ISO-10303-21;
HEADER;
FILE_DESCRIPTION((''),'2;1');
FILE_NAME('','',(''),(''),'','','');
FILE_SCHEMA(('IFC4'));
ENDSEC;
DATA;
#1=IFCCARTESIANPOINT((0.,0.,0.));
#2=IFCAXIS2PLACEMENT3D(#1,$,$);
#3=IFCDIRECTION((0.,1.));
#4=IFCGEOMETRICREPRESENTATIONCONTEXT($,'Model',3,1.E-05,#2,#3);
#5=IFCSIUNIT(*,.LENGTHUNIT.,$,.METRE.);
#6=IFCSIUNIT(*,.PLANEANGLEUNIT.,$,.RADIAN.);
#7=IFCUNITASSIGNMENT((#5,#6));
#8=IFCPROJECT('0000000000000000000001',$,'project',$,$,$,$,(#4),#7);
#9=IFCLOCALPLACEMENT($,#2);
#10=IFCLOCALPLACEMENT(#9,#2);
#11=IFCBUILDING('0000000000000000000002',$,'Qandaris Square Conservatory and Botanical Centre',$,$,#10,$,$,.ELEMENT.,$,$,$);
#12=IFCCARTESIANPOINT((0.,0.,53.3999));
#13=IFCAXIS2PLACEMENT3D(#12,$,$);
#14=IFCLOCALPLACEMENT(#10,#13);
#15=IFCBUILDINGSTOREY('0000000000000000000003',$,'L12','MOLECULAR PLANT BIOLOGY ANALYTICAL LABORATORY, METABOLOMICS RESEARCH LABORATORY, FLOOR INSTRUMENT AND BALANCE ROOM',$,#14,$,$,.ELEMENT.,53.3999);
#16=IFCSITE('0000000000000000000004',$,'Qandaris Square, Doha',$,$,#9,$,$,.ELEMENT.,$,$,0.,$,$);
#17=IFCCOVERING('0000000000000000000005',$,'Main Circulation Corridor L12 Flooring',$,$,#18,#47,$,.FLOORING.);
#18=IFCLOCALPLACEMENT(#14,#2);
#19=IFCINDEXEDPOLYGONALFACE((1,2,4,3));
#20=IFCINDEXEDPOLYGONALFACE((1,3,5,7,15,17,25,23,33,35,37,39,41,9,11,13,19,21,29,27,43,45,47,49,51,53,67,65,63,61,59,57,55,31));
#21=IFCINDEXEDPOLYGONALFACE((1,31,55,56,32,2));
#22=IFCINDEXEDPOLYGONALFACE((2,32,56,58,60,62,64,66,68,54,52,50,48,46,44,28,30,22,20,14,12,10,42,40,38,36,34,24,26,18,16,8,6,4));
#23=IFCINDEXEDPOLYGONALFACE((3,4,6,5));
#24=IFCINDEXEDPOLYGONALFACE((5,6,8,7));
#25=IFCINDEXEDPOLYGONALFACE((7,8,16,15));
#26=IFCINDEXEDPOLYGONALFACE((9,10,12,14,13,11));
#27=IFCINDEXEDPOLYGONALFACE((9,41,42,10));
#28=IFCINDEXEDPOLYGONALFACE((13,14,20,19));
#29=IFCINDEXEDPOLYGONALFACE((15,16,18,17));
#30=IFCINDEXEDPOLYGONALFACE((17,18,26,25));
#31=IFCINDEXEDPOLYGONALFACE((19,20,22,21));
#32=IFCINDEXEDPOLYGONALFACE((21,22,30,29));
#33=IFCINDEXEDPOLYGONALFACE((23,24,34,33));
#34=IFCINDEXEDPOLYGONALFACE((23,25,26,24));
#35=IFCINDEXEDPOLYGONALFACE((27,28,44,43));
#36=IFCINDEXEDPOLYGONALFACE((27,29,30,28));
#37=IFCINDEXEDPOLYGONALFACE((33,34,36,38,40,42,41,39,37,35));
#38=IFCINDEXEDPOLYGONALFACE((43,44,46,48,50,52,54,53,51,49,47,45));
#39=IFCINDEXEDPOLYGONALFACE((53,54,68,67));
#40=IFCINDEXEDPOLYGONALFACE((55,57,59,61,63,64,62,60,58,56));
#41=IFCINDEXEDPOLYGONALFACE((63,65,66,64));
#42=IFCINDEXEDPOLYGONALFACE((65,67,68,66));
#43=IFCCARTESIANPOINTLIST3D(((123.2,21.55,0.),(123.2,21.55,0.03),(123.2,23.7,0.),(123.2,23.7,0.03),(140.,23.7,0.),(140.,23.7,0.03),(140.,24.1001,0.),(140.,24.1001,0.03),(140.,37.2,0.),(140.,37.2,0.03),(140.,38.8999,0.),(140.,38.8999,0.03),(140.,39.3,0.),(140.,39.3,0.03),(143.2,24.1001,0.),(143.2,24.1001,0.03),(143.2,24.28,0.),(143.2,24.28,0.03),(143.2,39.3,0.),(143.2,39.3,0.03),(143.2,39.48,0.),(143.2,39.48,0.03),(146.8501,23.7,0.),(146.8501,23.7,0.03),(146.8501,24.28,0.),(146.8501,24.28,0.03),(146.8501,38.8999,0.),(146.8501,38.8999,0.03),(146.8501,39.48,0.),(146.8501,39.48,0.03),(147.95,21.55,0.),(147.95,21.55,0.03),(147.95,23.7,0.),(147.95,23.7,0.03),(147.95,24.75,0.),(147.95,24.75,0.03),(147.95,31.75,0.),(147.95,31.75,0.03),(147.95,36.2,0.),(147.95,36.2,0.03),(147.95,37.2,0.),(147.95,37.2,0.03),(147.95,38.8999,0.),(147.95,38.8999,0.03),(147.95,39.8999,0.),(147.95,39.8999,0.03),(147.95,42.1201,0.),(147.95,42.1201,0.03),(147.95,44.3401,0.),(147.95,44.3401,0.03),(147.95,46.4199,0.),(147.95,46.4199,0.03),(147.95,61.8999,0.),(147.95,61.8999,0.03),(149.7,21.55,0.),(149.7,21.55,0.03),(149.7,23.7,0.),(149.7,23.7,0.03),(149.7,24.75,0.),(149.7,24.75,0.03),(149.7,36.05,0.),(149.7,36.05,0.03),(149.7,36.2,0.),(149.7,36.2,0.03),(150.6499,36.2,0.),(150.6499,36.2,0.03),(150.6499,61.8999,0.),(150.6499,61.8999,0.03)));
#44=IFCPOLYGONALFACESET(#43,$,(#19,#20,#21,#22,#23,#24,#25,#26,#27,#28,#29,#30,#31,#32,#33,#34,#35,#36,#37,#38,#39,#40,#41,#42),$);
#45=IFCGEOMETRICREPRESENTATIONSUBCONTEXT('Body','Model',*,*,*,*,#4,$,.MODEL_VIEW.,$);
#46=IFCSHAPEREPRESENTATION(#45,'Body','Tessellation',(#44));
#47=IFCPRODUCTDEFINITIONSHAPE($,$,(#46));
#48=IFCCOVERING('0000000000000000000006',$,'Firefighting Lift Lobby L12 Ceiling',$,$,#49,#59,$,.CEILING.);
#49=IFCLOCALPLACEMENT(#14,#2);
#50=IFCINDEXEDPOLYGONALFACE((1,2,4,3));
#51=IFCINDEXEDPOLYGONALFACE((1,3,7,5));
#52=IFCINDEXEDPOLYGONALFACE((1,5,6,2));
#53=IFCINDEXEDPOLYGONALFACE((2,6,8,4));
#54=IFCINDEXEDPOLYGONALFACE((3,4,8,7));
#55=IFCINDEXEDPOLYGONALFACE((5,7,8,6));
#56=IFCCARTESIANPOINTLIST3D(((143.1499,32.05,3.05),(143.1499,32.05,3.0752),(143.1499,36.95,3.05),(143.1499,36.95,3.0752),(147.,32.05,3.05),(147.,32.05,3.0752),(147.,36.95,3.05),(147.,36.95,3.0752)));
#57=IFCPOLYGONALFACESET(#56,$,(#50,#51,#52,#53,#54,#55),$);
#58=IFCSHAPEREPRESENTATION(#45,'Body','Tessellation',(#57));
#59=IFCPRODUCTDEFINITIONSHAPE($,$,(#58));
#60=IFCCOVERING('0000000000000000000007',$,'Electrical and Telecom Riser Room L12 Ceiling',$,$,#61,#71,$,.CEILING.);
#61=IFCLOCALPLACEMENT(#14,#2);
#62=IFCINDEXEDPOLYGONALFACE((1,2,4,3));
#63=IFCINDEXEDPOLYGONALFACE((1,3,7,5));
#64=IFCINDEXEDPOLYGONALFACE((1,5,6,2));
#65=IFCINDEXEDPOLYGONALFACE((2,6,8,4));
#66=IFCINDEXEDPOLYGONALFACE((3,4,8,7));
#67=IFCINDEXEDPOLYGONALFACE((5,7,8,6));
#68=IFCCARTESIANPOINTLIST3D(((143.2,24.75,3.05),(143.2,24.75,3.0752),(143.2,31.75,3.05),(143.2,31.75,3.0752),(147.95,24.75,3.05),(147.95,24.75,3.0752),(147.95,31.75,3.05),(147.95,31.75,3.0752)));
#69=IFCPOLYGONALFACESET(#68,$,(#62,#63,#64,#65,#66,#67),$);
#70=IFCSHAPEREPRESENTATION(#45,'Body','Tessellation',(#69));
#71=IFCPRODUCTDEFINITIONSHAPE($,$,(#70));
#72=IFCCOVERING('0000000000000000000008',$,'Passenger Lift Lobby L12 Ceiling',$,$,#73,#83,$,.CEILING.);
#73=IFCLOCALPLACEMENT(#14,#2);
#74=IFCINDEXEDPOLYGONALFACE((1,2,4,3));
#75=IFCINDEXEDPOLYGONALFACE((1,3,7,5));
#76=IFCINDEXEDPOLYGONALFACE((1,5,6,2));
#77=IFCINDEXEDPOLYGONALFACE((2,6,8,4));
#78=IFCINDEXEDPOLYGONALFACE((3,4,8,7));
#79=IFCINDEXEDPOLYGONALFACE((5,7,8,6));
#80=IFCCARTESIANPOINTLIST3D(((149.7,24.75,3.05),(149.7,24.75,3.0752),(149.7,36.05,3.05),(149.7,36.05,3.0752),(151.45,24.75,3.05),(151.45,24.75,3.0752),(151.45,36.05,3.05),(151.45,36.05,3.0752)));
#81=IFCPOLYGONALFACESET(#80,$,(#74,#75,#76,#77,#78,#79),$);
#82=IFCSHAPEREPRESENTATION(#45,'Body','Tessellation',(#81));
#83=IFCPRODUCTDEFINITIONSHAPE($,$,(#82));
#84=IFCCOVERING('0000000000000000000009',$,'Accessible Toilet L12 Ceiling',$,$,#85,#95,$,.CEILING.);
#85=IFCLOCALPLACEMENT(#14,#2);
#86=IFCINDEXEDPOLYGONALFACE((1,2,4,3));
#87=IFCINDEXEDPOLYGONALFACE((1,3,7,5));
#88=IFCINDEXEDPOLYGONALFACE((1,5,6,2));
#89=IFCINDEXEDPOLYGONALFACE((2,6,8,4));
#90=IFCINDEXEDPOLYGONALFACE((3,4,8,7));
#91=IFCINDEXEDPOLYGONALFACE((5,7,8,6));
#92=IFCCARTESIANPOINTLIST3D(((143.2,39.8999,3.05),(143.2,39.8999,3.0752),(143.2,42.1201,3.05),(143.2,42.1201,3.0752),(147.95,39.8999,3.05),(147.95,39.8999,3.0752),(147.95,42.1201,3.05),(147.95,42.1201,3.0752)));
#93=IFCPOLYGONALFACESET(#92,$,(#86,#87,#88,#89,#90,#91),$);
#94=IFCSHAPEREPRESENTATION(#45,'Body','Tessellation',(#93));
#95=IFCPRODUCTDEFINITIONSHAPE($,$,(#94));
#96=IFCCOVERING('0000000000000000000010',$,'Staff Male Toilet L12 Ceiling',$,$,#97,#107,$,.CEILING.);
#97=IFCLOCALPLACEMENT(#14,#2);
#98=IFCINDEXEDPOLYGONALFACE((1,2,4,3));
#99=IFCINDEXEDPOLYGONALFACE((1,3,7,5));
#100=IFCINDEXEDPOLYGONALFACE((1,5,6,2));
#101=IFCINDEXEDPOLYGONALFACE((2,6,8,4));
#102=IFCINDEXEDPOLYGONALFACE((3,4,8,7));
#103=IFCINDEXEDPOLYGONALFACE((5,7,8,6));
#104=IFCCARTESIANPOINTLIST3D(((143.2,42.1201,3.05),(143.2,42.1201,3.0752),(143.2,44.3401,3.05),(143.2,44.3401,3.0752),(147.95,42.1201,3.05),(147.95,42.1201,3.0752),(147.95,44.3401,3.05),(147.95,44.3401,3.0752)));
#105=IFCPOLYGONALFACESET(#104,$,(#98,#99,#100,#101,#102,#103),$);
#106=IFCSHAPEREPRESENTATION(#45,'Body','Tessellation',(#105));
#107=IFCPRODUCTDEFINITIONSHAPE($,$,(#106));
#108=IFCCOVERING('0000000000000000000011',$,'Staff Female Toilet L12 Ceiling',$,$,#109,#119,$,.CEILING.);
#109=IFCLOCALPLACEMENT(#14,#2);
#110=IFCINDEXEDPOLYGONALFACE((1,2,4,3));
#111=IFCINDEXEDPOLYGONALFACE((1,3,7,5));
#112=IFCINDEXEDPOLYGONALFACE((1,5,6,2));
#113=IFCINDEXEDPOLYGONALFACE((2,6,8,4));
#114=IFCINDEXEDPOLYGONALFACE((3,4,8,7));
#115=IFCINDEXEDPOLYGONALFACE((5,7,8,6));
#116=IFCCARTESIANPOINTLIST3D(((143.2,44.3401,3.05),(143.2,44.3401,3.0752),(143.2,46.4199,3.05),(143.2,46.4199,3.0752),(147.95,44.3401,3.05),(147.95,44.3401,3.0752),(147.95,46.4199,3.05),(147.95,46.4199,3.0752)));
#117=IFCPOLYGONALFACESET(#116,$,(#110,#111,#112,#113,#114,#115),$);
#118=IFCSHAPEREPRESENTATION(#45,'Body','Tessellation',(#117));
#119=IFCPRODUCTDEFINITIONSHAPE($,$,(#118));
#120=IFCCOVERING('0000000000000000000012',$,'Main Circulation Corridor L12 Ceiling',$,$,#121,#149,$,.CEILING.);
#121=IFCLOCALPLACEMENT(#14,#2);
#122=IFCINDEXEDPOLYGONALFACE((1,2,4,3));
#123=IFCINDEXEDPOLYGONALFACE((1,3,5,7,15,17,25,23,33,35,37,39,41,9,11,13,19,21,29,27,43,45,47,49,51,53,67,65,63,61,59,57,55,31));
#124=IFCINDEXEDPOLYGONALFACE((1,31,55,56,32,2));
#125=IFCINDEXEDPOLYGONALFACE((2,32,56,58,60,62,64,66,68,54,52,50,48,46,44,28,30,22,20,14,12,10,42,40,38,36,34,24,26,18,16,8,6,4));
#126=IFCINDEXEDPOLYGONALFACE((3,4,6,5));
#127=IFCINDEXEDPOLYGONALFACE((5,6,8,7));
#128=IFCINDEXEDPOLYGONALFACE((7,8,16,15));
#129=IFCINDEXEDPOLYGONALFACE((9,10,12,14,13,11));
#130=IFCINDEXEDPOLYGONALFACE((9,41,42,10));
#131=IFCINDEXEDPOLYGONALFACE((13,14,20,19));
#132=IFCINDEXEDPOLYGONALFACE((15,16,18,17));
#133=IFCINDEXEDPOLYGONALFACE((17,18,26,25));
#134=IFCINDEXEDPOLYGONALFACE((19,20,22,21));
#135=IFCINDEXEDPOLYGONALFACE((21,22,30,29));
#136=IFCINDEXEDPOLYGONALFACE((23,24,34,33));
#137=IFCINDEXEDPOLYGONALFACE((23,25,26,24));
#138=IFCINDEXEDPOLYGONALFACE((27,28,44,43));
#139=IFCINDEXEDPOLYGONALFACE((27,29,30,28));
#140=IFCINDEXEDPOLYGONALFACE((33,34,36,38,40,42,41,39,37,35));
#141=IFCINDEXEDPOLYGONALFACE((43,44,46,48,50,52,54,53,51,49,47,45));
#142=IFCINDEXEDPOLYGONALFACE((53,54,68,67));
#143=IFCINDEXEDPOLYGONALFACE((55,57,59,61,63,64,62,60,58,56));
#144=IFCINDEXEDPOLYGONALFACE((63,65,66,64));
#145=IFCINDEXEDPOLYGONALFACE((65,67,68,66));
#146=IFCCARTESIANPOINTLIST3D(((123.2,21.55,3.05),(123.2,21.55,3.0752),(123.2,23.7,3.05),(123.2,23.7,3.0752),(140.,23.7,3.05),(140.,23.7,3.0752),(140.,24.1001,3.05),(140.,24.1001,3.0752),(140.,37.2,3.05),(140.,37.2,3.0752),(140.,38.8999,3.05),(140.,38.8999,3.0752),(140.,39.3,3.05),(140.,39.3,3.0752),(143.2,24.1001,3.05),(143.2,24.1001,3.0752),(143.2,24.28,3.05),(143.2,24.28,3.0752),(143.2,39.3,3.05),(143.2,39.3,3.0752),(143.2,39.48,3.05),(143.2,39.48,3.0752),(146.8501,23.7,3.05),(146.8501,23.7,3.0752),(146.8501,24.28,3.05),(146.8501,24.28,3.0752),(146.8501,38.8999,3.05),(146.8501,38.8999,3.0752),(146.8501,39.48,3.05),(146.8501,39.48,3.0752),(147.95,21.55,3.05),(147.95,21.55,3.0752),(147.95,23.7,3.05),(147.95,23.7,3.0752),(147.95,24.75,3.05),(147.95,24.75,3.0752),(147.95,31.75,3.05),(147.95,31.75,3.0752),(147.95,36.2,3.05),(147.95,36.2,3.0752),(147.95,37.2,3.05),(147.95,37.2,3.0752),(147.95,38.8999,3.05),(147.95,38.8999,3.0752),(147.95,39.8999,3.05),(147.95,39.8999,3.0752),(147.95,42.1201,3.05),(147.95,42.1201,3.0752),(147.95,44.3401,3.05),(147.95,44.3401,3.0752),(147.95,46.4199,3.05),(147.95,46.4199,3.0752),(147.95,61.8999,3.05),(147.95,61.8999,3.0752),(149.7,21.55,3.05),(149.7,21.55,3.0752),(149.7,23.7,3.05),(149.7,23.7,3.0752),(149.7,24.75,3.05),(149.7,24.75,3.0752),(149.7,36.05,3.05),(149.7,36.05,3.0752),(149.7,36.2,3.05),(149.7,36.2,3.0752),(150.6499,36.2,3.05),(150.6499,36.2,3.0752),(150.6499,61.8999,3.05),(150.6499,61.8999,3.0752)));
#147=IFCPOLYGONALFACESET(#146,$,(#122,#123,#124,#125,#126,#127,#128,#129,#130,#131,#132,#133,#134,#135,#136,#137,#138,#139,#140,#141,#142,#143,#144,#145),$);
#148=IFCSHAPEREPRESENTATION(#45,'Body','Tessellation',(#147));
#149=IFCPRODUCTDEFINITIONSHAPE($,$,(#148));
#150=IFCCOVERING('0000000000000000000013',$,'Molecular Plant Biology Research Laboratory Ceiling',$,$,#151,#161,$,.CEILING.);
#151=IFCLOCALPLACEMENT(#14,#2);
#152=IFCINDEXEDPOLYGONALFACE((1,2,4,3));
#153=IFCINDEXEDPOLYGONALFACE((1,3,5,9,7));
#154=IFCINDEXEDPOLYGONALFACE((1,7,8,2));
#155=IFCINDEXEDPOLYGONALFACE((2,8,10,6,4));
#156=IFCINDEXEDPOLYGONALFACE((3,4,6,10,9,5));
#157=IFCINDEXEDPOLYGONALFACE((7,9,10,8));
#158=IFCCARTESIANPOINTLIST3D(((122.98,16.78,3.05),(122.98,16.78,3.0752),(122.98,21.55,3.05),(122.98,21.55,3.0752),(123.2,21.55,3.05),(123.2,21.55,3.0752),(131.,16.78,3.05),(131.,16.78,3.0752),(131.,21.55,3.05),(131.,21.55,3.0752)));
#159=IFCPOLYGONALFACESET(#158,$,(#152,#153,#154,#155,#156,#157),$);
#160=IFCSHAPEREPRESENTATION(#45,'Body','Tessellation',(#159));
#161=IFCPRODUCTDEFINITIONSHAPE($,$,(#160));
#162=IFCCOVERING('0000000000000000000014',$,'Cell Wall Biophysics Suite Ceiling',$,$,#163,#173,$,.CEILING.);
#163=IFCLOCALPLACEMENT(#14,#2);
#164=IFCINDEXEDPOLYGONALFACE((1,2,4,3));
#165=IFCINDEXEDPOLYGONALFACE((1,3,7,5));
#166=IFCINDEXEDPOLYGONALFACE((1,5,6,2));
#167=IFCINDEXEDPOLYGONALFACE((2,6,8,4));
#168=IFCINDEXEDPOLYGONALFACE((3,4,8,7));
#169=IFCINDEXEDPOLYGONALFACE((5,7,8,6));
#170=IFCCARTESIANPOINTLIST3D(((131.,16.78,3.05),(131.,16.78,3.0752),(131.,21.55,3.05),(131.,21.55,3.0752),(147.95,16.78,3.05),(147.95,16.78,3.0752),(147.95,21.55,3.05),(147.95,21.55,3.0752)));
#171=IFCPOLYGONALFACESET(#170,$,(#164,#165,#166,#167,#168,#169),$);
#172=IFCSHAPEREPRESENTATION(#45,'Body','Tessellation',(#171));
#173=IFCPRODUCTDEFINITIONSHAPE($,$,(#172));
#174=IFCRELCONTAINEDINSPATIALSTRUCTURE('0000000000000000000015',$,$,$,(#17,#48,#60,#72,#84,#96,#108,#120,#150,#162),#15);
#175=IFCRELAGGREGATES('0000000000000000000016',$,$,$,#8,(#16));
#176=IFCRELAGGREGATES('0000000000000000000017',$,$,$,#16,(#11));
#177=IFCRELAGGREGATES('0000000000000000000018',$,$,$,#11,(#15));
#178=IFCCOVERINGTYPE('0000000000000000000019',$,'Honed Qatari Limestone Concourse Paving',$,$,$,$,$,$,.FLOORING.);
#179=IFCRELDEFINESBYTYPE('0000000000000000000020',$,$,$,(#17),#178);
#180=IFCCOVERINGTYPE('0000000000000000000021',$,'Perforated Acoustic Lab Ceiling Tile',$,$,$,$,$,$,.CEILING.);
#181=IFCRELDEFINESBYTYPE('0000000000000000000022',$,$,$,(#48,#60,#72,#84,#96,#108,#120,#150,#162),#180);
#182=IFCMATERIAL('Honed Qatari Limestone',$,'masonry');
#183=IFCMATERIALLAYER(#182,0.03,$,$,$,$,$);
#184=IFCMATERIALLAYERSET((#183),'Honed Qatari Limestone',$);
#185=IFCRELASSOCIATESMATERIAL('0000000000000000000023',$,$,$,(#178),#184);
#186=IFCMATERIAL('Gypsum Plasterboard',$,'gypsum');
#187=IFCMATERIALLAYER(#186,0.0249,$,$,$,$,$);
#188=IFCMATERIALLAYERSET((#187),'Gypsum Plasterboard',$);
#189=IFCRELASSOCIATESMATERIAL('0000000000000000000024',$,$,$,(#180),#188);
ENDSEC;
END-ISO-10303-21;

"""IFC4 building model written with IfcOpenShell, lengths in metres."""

from ifc_helpers import new_model, si_unit, direction, frame, origin, place, context, subcontext, project, spatial, polyline, outline, extrude, material, layer, layer_set, type_object, element, save


model = new_model("IFC4")

# Units and contexts
model_context = context("Model", 3, precision=1e-05, world=origin(), true_north=direction((0.0, 1.0)))
body_context = subcontext(model_context, "Body", "Model", "MODEL_VIEW")
ifc_project = project(units=[si_unit("LENGTHUNIT", "METRE"), si_unit("PLANEANGLEUNIT", "RADIAN")], contexts=[model_context])

# Site, building, storey
site_placement = place(None, origin())
site = spatial("IfcSite", under=ifc_project, at=site_placement, Name="Qandaris Square, Doha", CompositionType="ELEMENT", RefElevation=0.0)
building_placement = place(site_placement, origin())
building = spatial("IfcBuilding", under=site, at=building_placement, Name="Qandaris Square Conservatory and Botanical Centre", CompositionType="ELEMENT")
storey_placement = place(building_placement, frame((0.0, 0.0, 53.3999)))
storey = spatial("IfcBuildingStorey", under=building, at=storey_placement, Name="L12", Description="MOLECULAR PLANT BIOLOGY ANALYTICAL LABORATORY, METABOLOMICS RESEARCH LABORATORY, FLOOR INSTRUMENT AND BALANCE ROOM", CompositionType="ELEMENT", Elevation=53.3999)

# Coverings
ifc_material_1 = material(Name="Honed Qatari Limestone", Category="masonry")
ifc_layer_1 = layer(ifc_material_1, 0.03)
ifc_layer_set_1 = layer_set([ifc_layer_1], Name="Honed Qatari Limestone")
covering_type_1 = type_object("IfcCoveringType", Name="Honed Qatari Limestone Concourse Paving", PredefinedType="FLOORING", material=ifc_layer_set_1)
covering_1_placement = place(storey_placement, origin())
element("IfcCovering", 1, at=covering_1_placement, inside=storey, type_object=covering_type_1, Name="Main Circulation Corridor L12 Flooring", PredefinedType="FLOORING", context=body_context, shape_type="SweptSolid", body=[
    extrude(outline(polyline([(140.0, 24.1001), (143.2, 24.1001), (143.2, 24.28), (146.8501, 24.28), (146.8501, 23.7), (147.95, 23.7), (147.95, 24.75), (147.95, 31.75), (147.95, 36.2), (147.95, 37.2), (140.0, 37.2), (140.0, 38.8999), (140.0, 39.3), (143.2, 39.3), (143.2, 39.48), (146.8501, 39.48), (146.8501, 38.8999), (147.95, 38.8999), (147.95, 39.8999), (147.95, 42.1201), (147.95, 44.3401), (147.95, 46.4199), (147.95, 61.8999), (150.6499, 61.8999), (150.6499, 36.2), (149.7, 36.2), (149.7, 36.05), (149.7, 24.75), (149.7, 23.7), (149.7, 21.55), (147.95, 21.55), (123.2, 21.55), (123.2, 23.7), (140.0, 23.7), (140.0, 24.1001)])), origin(), (0.0, 0.0, 1.0), 0.03),
])
ifc_material_2 = material(Name="Gypsum Plasterboard", Category="gypsum")
ifc_layer_2 = layer(ifc_material_2, 0.0249)
ifc_layer_set_2 = layer_set([ifc_layer_2], Name="Gypsum Plasterboard")
covering_type_2 = type_object("IfcCoveringType", Name="Perforated Acoustic Lab Ceiling Tile", PredefinedType="CEILING", material=ifc_layer_set_2)
covering_2_placement = place(storey_placement, frame((0.0, 0.0, 3.05)))
element("IfcCovering", 2, at=covering_2_placement, inside=storey, type_object=covering_type_2, Name="Firefighting Lift Lobby L12 Ceiling", PredefinedType="CEILING", context=body_context, shape_type="SweptSolid", body=[
    extrude(outline(polyline([(143.1499, 36.95), (147.0, 36.95), (147.0, 32.05), (143.1499, 32.05), (143.1499, 36.95)])), origin(), (0.0, 0.0, 1.0), 0.0251),
])
covering_3_placement = place(storey_placement, frame((0.0, 0.0, 3.05)))
element("IfcCovering", 3, at=covering_3_placement, inside=storey, type_object=covering_type_2, Name="Electrical and Telecom Riser Room L12 Ceiling", PredefinedType="CEILING", context=body_context, shape_type="SweptSolid", body=[
    extrude(outline(polyline([(147.95, 31.75), (147.95, 24.75), (143.2, 24.75), (143.2, 31.75), (147.95, 31.75)])), origin(), (0.0, 0.0, 1.0), 0.0251),
])
covering_4_placement = place(storey_placement, frame((0.0, 0.0, 3.05)))
element("IfcCovering", 4, at=covering_4_placement, inside=storey, type_object=covering_type_2, Name="Passenger Lift Lobby L12 Ceiling", PredefinedType="CEILING", context=body_context, shape_type="SweptSolid", body=[
    extrude(outline(polyline([(149.7, 36.05), (151.45, 36.05), (151.45, 24.75), (149.7, 24.75), (149.7, 36.05)])), origin(), (0.0, 0.0, 1.0), 0.0251),
])
covering_5_placement = place(storey_placement, frame((0.0, 0.0, 3.05)))
element("IfcCovering", 5, at=covering_5_placement, inside=storey, type_object=covering_type_2, Name="Accessible Toilet L12 Ceiling", PredefinedType="CEILING", context=body_context, shape_type="SweptSolid", body=[
    extrude(outline(polyline([(147.95, 42.1201), (147.95, 39.8999), (143.2, 39.8999), (143.2, 42.1201), (147.95, 42.1201)])), origin(), (0.0, 0.0, 1.0), 0.0251),
])
covering_6_placement = place(storey_placement, frame((0.0, 0.0, 3.05)))
element("IfcCovering", 6, at=covering_6_placement, inside=storey, type_object=covering_type_2, Name="Staff Male Toilet L12 Ceiling", PredefinedType="CEILING", context=body_context, shape_type="SweptSolid", body=[
    extrude(outline(polyline([(147.95, 44.3401), (147.95, 42.1201), (143.2, 42.1201), (143.2, 44.3401), (147.95, 44.3401)])), origin(), (0.0, 0.0, 1.0), 0.0251),
])
covering_7_placement = place(storey_placement, frame((0.0, 0.0, 3.05)))
element("IfcCovering", 7, at=covering_7_placement, inside=storey, type_object=covering_type_2, Name="Staff Female Toilet L12 Ceiling", PredefinedType="CEILING", context=body_context, shape_type="SweptSolid", body=[
    extrude(outline(polyline([(147.95, 46.4199), (147.95, 44.3401), (143.2, 44.3401), (143.2, 46.4199), (147.95, 46.4199)])), origin(), (0.0, 0.0, 1.0), 0.0251),
])
covering_8_placement = place(storey_placement, frame((0.0, 0.0, 3.05)))
element("IfcCovering", 8, at=covering_8_placement, inside=storey, type_object=covering_type_2, Name="Main Circulation Corridor L12 Ceiling", PredefinedType="CEILING", context=body_context, shape_type="SweptSolid", body=[
    extrude(outline(polyline([(140.0, 24.1001), (143.2, 24.1001), (143.2, 24.28), (146.8501, 24.28), (146.8501, 23.7), (147.95, 23.7), (147.95, 24.75), (147.95, 31.75), (147.95, 36.2), (147.95, 37.2), (140.0, 37.2), (140.0, 38.8999), (140.0, 39.3), (143.2, 39.3), (143.2, 39.48), (146.8501, 39.48), (146.8501, 38.8999), (147.95, 38.8999), (147.95, 39.8999), (147.95, 42.1201), (147.95, 44.3401), (147.95, 46.4199), (147.95, 61.8999), (150.6499, 61.8999), (150.6499, 36.2), (149.7, 36.2), (149.7, 36.05), (149.7, 24.75), (149.7, 23.7), (149.7, 21.55), (147.95, 21.55), (123.2, 21.55), (123.2, 23.7), (140.0, 23.7), (140.0, 24.1001)])), origin(), (0.0, 0.0, 1.0), 0.0251),
])
covering_9_placement = place(storey_placement, frame((0.0, 0.0, 3.05)))
element("IfcCovering", 9, at=covering_9_placement, inside=storey, type_object=covering_type_2, Name="Molecular Plant Biology Research Laboratory Ceiling", PredefinedType="CEILING", context=body_context, shape_type="SweptSolid", body=[
    extrude(outline(polyline([(123.2, 21.55), (131.0, 21.55), (131.0, 16.78), (122.98, 16.78), (122.98, 21.55), (123.2, 21.55)])), origin(), (0.0, 0.0, 1.0), 0.0251),
])
covering_10_placement = place(storey_placement, frame((0.0, 0.0, 3.05)))
element("IfcCovering", 10, at=covering_10_placement, inside=storey, type_object=covering_type_2, Name="Cell Wall Biophysics Suite Ceiling", PredefinedType="CEILING", context=body_context, shape_type="SweptSolid", body=[
    extrude(outline(polyline([(147.95, 21.55), (147.95, 16.78), (131.0, 16.78), (131.0, 21.55), (147.95, 21.55)])), origin(), (0.0, 0.0, 1.0), 0.0251),
])

save(model, "model.ifc")
